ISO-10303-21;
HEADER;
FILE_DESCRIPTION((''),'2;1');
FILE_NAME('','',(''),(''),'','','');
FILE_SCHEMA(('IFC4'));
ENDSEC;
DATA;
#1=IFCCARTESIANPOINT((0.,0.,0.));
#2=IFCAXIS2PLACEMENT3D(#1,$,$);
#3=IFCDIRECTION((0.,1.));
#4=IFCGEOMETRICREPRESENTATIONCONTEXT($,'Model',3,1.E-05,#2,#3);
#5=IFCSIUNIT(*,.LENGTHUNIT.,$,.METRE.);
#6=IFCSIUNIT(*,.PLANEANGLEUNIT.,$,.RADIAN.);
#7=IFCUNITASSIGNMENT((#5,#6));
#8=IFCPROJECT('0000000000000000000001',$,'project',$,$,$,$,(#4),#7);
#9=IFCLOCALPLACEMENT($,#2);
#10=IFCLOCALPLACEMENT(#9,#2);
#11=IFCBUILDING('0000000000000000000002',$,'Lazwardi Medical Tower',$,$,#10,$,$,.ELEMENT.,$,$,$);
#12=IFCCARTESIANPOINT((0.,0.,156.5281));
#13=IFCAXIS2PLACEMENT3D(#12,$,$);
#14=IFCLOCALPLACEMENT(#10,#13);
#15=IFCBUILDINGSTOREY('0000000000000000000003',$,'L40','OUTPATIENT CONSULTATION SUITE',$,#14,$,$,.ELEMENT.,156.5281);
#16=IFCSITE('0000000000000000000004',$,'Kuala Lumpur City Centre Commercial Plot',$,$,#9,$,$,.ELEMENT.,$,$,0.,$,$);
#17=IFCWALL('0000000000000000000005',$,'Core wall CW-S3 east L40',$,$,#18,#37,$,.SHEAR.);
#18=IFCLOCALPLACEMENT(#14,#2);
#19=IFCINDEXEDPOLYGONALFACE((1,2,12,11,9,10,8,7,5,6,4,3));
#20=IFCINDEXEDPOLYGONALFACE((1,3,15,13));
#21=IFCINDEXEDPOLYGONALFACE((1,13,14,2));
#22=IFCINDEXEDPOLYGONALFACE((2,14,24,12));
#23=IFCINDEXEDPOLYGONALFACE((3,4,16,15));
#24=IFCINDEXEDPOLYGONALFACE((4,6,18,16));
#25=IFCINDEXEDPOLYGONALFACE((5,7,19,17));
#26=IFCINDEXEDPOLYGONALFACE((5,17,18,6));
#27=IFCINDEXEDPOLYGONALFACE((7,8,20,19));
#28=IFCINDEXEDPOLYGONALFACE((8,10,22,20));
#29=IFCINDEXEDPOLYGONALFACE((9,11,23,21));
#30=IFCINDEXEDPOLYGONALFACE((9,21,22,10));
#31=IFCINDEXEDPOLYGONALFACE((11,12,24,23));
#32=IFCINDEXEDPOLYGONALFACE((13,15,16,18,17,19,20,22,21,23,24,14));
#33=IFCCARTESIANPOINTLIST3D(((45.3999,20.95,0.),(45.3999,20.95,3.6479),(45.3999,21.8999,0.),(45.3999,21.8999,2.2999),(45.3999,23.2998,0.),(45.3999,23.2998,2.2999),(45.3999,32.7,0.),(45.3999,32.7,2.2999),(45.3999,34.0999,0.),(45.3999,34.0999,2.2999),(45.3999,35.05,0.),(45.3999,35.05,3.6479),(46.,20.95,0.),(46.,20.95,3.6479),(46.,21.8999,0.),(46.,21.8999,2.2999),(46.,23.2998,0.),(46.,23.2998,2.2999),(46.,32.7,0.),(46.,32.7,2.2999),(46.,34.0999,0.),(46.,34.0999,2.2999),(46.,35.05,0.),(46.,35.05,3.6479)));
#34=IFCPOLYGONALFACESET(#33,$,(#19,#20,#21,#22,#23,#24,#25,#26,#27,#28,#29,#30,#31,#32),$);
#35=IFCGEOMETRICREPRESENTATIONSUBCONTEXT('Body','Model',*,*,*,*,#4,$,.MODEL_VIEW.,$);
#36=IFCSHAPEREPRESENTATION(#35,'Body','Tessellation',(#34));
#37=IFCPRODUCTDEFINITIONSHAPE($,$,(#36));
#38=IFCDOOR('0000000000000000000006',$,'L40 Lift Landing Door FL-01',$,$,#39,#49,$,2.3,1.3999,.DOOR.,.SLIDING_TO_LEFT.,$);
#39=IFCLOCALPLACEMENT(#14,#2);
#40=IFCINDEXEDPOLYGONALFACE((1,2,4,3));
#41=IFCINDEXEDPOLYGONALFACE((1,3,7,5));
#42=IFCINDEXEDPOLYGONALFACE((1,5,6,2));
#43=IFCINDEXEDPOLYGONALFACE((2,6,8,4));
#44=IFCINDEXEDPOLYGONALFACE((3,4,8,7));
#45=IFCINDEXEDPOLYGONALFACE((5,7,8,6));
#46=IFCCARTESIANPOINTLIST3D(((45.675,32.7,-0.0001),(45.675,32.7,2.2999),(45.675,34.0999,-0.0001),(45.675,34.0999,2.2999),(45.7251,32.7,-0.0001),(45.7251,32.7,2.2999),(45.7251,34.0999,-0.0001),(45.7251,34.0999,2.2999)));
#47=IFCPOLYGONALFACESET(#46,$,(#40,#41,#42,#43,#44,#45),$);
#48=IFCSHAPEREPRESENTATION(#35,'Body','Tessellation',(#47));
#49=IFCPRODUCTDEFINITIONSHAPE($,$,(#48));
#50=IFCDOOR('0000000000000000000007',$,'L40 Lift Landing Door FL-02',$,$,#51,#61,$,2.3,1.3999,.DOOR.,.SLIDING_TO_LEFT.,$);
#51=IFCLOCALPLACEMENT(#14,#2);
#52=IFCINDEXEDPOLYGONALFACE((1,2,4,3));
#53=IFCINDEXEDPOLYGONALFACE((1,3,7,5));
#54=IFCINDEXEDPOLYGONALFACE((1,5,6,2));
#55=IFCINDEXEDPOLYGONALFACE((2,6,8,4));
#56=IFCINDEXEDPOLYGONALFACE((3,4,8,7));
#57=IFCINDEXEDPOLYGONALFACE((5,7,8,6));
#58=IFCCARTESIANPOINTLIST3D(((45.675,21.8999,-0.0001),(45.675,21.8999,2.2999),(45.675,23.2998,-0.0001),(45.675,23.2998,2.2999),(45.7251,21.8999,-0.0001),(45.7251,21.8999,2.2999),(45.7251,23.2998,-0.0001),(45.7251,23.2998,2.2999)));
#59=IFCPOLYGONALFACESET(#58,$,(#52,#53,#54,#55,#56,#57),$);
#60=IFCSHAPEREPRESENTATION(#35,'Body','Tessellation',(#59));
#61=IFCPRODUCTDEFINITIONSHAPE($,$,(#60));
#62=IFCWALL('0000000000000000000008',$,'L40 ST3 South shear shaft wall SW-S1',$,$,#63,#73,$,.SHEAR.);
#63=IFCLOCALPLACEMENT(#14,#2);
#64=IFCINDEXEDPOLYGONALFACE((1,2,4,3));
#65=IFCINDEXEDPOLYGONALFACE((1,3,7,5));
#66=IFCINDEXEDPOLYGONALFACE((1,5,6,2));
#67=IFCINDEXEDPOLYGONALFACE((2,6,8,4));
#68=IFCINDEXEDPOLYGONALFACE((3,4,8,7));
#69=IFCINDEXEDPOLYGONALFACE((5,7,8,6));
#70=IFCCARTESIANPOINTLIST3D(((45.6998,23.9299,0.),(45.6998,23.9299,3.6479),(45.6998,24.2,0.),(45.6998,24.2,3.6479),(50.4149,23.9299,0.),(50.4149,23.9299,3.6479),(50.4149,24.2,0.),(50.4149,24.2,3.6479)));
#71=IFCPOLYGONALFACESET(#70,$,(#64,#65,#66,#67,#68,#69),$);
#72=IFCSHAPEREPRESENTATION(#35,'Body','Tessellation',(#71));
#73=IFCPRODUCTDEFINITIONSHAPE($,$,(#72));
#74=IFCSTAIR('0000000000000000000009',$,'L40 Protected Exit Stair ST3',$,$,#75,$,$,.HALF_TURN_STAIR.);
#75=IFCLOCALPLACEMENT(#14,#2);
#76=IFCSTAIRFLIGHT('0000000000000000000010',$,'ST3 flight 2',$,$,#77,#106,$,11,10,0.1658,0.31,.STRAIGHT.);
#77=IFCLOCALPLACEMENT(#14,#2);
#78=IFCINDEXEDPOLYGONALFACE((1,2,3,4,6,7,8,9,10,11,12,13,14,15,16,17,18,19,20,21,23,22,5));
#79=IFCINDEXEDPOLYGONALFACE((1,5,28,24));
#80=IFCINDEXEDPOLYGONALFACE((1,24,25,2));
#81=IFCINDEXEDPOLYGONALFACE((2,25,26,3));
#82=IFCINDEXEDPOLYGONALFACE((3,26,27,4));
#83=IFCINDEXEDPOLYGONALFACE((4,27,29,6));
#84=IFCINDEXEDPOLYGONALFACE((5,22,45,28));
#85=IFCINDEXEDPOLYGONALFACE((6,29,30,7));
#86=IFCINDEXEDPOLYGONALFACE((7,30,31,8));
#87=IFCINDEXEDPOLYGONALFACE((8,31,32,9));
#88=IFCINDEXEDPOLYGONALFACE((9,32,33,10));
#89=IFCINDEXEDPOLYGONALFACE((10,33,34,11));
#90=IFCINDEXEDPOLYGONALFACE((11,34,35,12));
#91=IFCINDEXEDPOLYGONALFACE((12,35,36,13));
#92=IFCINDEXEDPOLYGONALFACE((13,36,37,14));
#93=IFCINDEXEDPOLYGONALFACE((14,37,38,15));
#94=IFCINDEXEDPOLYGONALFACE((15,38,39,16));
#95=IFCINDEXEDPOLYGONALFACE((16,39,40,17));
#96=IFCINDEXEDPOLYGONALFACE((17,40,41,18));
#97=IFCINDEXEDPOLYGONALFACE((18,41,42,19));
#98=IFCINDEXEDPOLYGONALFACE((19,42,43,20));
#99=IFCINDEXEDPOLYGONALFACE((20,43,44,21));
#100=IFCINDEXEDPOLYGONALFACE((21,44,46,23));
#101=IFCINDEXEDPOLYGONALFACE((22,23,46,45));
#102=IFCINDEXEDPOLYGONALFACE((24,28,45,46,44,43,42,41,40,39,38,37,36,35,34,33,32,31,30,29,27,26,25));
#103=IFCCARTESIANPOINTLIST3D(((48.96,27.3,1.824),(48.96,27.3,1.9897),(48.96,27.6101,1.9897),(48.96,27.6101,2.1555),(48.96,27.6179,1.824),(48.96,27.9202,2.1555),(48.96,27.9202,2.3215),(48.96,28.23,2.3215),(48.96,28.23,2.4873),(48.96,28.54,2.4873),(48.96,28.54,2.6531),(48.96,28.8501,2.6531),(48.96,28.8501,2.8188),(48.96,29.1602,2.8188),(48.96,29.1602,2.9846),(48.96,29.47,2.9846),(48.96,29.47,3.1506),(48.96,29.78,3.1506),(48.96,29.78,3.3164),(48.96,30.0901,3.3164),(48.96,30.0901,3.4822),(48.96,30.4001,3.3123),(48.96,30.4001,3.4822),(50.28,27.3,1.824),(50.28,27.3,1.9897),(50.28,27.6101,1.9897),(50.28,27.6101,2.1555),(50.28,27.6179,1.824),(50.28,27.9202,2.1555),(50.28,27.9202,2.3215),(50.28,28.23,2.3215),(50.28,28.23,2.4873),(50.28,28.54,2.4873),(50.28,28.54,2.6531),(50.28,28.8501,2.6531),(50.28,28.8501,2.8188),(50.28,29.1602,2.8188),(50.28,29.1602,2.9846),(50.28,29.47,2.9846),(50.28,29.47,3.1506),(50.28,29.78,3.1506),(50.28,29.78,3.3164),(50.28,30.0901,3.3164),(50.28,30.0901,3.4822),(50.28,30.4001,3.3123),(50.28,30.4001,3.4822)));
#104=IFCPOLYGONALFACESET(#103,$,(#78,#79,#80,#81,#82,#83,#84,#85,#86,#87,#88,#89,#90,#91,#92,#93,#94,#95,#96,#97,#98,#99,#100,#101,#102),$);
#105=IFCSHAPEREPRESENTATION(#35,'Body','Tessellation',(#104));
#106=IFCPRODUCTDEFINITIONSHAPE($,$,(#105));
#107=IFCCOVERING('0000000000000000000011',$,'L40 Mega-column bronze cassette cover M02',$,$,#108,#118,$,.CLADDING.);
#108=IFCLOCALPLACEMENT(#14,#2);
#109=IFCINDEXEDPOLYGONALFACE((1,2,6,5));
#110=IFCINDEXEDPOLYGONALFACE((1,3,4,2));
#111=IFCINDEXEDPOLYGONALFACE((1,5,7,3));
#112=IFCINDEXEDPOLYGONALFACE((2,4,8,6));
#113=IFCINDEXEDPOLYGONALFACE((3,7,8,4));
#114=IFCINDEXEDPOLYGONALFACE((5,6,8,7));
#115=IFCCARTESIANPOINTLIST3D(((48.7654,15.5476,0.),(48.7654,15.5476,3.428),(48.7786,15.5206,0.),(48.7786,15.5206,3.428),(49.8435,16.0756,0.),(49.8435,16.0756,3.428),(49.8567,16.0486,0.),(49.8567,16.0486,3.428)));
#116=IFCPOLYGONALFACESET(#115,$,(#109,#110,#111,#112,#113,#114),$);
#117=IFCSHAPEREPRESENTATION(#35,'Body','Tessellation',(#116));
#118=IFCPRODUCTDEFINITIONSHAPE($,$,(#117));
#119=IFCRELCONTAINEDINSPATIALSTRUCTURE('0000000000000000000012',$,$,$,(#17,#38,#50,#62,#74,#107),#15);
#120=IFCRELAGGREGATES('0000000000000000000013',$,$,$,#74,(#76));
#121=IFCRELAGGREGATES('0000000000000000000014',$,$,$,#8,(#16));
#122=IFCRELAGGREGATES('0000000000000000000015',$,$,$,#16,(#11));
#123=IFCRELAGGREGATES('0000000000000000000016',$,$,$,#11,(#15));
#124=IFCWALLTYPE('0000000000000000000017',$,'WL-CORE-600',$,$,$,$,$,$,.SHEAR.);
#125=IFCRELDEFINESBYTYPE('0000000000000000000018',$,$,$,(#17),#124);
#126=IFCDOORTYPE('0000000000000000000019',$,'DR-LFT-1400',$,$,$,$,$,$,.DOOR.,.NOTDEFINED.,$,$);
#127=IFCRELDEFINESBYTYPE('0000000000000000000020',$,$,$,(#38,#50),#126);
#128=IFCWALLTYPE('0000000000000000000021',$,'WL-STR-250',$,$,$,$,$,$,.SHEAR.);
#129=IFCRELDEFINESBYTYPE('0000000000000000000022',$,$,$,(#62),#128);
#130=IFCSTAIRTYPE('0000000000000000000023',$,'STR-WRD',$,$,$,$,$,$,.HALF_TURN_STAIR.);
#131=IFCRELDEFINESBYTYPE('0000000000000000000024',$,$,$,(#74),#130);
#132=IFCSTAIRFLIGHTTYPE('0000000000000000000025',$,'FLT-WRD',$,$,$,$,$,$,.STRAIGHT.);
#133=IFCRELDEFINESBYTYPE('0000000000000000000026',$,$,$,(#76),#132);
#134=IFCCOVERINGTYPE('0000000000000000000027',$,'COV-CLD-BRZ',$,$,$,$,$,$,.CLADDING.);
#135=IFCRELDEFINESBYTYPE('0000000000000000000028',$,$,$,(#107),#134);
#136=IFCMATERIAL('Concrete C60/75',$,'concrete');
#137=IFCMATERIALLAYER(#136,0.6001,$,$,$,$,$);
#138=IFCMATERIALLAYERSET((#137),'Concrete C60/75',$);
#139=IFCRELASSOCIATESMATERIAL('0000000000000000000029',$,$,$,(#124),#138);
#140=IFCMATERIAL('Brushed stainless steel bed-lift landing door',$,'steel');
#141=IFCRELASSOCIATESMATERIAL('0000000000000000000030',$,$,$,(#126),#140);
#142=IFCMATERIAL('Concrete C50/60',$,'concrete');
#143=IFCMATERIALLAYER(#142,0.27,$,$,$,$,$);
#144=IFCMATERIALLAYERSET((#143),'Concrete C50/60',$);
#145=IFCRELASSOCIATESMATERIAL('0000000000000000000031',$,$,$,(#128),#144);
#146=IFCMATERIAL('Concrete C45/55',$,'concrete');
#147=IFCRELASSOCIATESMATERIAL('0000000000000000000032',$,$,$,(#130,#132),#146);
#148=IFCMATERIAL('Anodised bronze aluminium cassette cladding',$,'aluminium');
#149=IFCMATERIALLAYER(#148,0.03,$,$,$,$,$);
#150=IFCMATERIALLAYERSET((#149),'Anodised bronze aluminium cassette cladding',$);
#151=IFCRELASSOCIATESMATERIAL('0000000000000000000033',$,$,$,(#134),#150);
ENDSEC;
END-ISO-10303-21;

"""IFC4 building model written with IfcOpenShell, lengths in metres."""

from ifc_helpers import new_model, si_unit, direction, frame, frame_2d, origin, origin_2d, place, context, subcontext, project, spatial, polyline, rectangle, outline, extrude, material, layer, layer_set, type_object, element, fill, aggregate, save


model = new_model("IFC4")

# Units and contexts
model_context = context("Model", 3, precision=1e-05, world=origin(), true_north=direction((0.0, 1.0)))
body_context = subcontext(model_context, "Body", "Model", "MODEL_VIEW")
ifc_project = project(units=[si_unit("LENGTHUNIT", "METRE"), si_unit("PLANEANGLEUNIT", "RADIAN")], contexts=[model_context])

# Site, building, storey
site_placement = place(None, origin())
site = spatial("IfcSite", under=ifc_project, at=site_placement, Name="Kuala Lumpur City Centre Commercial Plot", CompositionType="ELEMENT", RefElevation=0.0)
building_placement = place(site_placement, origin())
building = spatial("IfcBuilding", under=site, at=building_placement, Name="Lazwardi Medical Tower", CompositionType="ELEMENT")
storey_placement = place(building_placement, frame((0.0, 0.0, 156.5281)))
storey = spatial("IfcBuildingStorey", under=building, at=storey_placement, Name="L40", Description="OUTPATIENT CONSULTATION SUITE", CompositionType="ELEMENT", Elevation=156.5281)

# Shared definitions
ifc_material_1 = material(Name="Concrete C60/75", Category="concrete")

# Wall, openings, doors
ifc_layer_1 = layer(ifc_material_1, 0.6001)
ifc_layer_set_1 = layer_set([ifc_layer_1], Name="Concrete C60/75")
wall_type_1 = type_object("IfcWallType", Name="WL-CORE-600", PredefinedType="SHEAR", material=ifc_layer_set_1)
wall_1_placement = place(storey_placement, frame((45.7, 20.95, 0.0), z_axis=(0.0, 0.0, 1.0), x_axis=(0.0, 1.0, 0.0)))
wall_1 = element("IfcWall", 1, at=wall_1_placement, inside=storey, type_object=wall_type_1, Name="Core wall CW-S3 east L40", PredefinedType="SHEAR", context=body_context, shape_type="SweptSolid", body=[
    extrude(rectangle(XDim=14.1001, YDim=0.6001, at=frame_2d((7.05, 0.0))), origin(), (0.0, 0.0, 1.0), 3.6479),
])
opening_1_placement = place(wall_1_placement, frame((11.75, 0.0, 0.0)))
opening_1 = element("IfcOpeningElement", 2, at=opening_1_placement, cuts=wall_1, PredefinedType="OPENING", context=body_context, shape_type="SweptSolid", body=[
    extrude(rectangle(XDim=1.3999, YDim=2.3, at=frame_2d((0.7, 1.1499))), frame((0.0, 0.3101, 0.0), z_axis=(0.0, -1.0, 0.0), x_axis=(1.0, 0.0, 0.0)), (0.0, 0.0, 1.0), 0.6201),
])
opening_2_placement = place(wall_1_placement, frame((0.95, 0.0, 0.0)))
opening_2 = element("IfcOpeningElement", 3, at=opening_2_placement, cuts=wall_1, PredefinedType="OPENING", context=body_context, shape_type="SweptSolid", body=[
    extrude(rectangle(XDim=1.3999, YDim=2.3, at=frame_2d((0.7, 1.1499))), frame((0.0, 0.3101, 0.0), z_axis=(0.0, -1.0, 0.0), x_axis=(1.0, 0.0, 0.0)), (0.0, 0.0, 1.0), 0.6201),
])
ifc_material_2 = material(Name="Brushed stainless steel bed-lift landing door", Category="steel")
door_type = type_object("IfcDoorType", Name="DR-LFT-1400", OperationType="NOTDEFINED", PredefinedType="DOOR", material=ifc_material_2)
door_1_placement = place(opening_1_placement, origin())
door_1 = element("IfcDoor", 4, at=door_1_placement, inside=storey, type_object=door_type, Name="L40 Lift Landing Door FL-01", OperationType="SLIDING_TO_LEFT", OverallHeight=2.3, OverallWidth=1.3999, PredefinedType="DOOR", context=body_context, shape_type="SweptSolid", body=[
    extrude(rectangle(XDim=1.3999, YDim=2.3, at=frame_2d((0.7, 1.1499))), frame((0.0, 0.0249, 0.0), z_axis=(0.0, -1.0, 0.0), x_axis=(1.0, 0.0, 0.0)), (0.0, 0.0, 1.0), 0.05),
])
fill(opening_1, door_1)
door_2_placement = place(opening_2_placement, origin())
door_2 = element("IfcDoor", 5, at=door_2_placement, inside=storey, type_object=door_type, Name="L40 Lift Landing Door FL-02", OperationType="SLIDING_TO_LEFT", OverallHeight=2.3, OverallWidth=1.3999, PredefinedType="DOOR", context=body_context, shape_type="SweptSolid", body=[
    extrude(rectangle(XDim=1.3999, YDim=2.3, at=frame_2d((0.7, 1.1499))), frame((0.0, 0.0249, 0.0), z_axis=(0.0, -1.0, 0.0), x_axis=(1.0, 0.0, 0.0)), (0.0, 0.0, 1.0), 0.05),
])
fill(opening_2, door_2)

# Wall
ifc_material_3 = material(Name="Concrete C50/60", Category="concrete")
ifc_layer_2 = layer(ifc_material_3, 0.27)
ifc_layer_set_2 = layer_set([ifc_layer_2], Name="Concrete C50/60")
wall_type_2 = type_object("IfcWallType", Name="WL-STR-250", PredefinedType="SHEAR", material=ifc_layer_set_2)
wall_2_placement = place(storey_placement, frame((45.7, 24.0649, 0.0), z_axis=(0.0, 0.0, 1.0), x_axis=(1.0, 0.0, 0.0)))
element("IfcWall", 6, at=wall_2_placement, inside=storey, type_object=wall_type_2, Name="L40 ST3 South shear shaft wall SW-S1", PredefinedType="SHEAR", context=body_context, shape_type="SweptSolid", body=[
    extrude(rectangle(XDim=4.7151, YDim=0.27, at=frame_2d((2.3574, 0.0))), origin(), (0.0, 0.0, 1.0), 3.6479),
])

# Stair, stair flight
ifc_material_4 = material(Name="Concrete C45/55", Category="concrete")
stair_type = type_object("IfcStairType", Name="STR-WRD", PredefinedType="HALF_TURN_STAIR", material=ifc_material_4)
stair_placement = place(storey_placement, origin())
stair = element("IfcStair", 7, at=stair_placement, inside=storey, type_object=stair_type, Name="L40 Protected Exit Stair ST3", PredefinedType="HALF_TURN_STAIR")
stair_flight_type = type_object("IfcStairFlightType", Name="FLT-WRD", PredefinedType="STRAIGHT", material=ifc_material_4)
stair_flight_placement = place(storey_placement, frame((49.6201, 27.3, 1.824), z_axis=(0.0, 0.0, 1.0), x_axis=(0.0, 1.0, 0.0)))
stair_flight = element("IfcStairFlight", 8, at=stair_flight_placement, type_object=stair_flight_type, Name="ST3 flight 2", NumberOfRisers=11, NumberOfTreads=10, PredefinedType="STRAIGHT", RiserHeight=0.1658, TreadLength=0.31, context=body_context, shape_type="SweptSolid", body=[
    extrude(outline(polyline([(0.0, 0.0), (0.0, 0.1658), (0.3101, 0.1658), (0.3101, 0.3315), (0.6201, 0.3315), (0.6201, 0.4976), (0.9299, 0.4976), (0.9299, 0.6633), (1.24, 0.6633), (1.24, 0.8291), (1.55, 0.8291), (1.55, 0.9949), (1.8601, 0.9949), (1.8601, 1.1606), (2.1699, 1.1606), (2.1699, 1.3267), (2.48, 1.3267), (2.48, 1.4924), (2.79, 1.4924), (2.79, 1.6582), (3.1001, 1.6582), (3.1001, 1.824), (3.1001, 1.4883), (0.3179, 0.0), (0.0, 0.0)])), frame((0.0, 0.6602, 0.0), z_axis=(0.0, -1.0, 0.0), x_axis=(1.0, 0.0, 0.0)), (0.0, 0.0, 1.0), 1.3201),
])
aggregate(stair, [stair_flight])

# Covering
ifc_material_5 = material(Name="Anodised bronze aluminium cassette cladding", Category="aluminium")
ifc_layer_3 = layer(ifc_material_5, 0.03)
ifc_layer_set_3 = layer_set([ifc_layer_3], Name="Anodised bronze aluminium cassette cladding")
covering_type = type_object("IfcCoveringType", Name="COV-CLD-BRZ", PredefinedType="CLADDING", material=ifc_layer_set_3)
covering_placement = place(storey_placement, frame((49.311, 15.7981, 0.0), z_axis=(0.0, 0.0, 1.0), x_axis=(0.898079, 0.439834, 0.0)))
element("IfcCovering", 9, at=covering_placement, inside=storey, type_object=covering_type, Name="L40 Mega-column bronze cassette cover M02", PredefinedType="CLADDING", context=body_context, shape_type="SweptSolid", body=[
    extrude(rectangle(XDim=1.2004, YDim=0.03, at=origin_2d()), origin(), (0.0, 0.0, 1.0), 3.428),
])

save(model, "model.ifc")
